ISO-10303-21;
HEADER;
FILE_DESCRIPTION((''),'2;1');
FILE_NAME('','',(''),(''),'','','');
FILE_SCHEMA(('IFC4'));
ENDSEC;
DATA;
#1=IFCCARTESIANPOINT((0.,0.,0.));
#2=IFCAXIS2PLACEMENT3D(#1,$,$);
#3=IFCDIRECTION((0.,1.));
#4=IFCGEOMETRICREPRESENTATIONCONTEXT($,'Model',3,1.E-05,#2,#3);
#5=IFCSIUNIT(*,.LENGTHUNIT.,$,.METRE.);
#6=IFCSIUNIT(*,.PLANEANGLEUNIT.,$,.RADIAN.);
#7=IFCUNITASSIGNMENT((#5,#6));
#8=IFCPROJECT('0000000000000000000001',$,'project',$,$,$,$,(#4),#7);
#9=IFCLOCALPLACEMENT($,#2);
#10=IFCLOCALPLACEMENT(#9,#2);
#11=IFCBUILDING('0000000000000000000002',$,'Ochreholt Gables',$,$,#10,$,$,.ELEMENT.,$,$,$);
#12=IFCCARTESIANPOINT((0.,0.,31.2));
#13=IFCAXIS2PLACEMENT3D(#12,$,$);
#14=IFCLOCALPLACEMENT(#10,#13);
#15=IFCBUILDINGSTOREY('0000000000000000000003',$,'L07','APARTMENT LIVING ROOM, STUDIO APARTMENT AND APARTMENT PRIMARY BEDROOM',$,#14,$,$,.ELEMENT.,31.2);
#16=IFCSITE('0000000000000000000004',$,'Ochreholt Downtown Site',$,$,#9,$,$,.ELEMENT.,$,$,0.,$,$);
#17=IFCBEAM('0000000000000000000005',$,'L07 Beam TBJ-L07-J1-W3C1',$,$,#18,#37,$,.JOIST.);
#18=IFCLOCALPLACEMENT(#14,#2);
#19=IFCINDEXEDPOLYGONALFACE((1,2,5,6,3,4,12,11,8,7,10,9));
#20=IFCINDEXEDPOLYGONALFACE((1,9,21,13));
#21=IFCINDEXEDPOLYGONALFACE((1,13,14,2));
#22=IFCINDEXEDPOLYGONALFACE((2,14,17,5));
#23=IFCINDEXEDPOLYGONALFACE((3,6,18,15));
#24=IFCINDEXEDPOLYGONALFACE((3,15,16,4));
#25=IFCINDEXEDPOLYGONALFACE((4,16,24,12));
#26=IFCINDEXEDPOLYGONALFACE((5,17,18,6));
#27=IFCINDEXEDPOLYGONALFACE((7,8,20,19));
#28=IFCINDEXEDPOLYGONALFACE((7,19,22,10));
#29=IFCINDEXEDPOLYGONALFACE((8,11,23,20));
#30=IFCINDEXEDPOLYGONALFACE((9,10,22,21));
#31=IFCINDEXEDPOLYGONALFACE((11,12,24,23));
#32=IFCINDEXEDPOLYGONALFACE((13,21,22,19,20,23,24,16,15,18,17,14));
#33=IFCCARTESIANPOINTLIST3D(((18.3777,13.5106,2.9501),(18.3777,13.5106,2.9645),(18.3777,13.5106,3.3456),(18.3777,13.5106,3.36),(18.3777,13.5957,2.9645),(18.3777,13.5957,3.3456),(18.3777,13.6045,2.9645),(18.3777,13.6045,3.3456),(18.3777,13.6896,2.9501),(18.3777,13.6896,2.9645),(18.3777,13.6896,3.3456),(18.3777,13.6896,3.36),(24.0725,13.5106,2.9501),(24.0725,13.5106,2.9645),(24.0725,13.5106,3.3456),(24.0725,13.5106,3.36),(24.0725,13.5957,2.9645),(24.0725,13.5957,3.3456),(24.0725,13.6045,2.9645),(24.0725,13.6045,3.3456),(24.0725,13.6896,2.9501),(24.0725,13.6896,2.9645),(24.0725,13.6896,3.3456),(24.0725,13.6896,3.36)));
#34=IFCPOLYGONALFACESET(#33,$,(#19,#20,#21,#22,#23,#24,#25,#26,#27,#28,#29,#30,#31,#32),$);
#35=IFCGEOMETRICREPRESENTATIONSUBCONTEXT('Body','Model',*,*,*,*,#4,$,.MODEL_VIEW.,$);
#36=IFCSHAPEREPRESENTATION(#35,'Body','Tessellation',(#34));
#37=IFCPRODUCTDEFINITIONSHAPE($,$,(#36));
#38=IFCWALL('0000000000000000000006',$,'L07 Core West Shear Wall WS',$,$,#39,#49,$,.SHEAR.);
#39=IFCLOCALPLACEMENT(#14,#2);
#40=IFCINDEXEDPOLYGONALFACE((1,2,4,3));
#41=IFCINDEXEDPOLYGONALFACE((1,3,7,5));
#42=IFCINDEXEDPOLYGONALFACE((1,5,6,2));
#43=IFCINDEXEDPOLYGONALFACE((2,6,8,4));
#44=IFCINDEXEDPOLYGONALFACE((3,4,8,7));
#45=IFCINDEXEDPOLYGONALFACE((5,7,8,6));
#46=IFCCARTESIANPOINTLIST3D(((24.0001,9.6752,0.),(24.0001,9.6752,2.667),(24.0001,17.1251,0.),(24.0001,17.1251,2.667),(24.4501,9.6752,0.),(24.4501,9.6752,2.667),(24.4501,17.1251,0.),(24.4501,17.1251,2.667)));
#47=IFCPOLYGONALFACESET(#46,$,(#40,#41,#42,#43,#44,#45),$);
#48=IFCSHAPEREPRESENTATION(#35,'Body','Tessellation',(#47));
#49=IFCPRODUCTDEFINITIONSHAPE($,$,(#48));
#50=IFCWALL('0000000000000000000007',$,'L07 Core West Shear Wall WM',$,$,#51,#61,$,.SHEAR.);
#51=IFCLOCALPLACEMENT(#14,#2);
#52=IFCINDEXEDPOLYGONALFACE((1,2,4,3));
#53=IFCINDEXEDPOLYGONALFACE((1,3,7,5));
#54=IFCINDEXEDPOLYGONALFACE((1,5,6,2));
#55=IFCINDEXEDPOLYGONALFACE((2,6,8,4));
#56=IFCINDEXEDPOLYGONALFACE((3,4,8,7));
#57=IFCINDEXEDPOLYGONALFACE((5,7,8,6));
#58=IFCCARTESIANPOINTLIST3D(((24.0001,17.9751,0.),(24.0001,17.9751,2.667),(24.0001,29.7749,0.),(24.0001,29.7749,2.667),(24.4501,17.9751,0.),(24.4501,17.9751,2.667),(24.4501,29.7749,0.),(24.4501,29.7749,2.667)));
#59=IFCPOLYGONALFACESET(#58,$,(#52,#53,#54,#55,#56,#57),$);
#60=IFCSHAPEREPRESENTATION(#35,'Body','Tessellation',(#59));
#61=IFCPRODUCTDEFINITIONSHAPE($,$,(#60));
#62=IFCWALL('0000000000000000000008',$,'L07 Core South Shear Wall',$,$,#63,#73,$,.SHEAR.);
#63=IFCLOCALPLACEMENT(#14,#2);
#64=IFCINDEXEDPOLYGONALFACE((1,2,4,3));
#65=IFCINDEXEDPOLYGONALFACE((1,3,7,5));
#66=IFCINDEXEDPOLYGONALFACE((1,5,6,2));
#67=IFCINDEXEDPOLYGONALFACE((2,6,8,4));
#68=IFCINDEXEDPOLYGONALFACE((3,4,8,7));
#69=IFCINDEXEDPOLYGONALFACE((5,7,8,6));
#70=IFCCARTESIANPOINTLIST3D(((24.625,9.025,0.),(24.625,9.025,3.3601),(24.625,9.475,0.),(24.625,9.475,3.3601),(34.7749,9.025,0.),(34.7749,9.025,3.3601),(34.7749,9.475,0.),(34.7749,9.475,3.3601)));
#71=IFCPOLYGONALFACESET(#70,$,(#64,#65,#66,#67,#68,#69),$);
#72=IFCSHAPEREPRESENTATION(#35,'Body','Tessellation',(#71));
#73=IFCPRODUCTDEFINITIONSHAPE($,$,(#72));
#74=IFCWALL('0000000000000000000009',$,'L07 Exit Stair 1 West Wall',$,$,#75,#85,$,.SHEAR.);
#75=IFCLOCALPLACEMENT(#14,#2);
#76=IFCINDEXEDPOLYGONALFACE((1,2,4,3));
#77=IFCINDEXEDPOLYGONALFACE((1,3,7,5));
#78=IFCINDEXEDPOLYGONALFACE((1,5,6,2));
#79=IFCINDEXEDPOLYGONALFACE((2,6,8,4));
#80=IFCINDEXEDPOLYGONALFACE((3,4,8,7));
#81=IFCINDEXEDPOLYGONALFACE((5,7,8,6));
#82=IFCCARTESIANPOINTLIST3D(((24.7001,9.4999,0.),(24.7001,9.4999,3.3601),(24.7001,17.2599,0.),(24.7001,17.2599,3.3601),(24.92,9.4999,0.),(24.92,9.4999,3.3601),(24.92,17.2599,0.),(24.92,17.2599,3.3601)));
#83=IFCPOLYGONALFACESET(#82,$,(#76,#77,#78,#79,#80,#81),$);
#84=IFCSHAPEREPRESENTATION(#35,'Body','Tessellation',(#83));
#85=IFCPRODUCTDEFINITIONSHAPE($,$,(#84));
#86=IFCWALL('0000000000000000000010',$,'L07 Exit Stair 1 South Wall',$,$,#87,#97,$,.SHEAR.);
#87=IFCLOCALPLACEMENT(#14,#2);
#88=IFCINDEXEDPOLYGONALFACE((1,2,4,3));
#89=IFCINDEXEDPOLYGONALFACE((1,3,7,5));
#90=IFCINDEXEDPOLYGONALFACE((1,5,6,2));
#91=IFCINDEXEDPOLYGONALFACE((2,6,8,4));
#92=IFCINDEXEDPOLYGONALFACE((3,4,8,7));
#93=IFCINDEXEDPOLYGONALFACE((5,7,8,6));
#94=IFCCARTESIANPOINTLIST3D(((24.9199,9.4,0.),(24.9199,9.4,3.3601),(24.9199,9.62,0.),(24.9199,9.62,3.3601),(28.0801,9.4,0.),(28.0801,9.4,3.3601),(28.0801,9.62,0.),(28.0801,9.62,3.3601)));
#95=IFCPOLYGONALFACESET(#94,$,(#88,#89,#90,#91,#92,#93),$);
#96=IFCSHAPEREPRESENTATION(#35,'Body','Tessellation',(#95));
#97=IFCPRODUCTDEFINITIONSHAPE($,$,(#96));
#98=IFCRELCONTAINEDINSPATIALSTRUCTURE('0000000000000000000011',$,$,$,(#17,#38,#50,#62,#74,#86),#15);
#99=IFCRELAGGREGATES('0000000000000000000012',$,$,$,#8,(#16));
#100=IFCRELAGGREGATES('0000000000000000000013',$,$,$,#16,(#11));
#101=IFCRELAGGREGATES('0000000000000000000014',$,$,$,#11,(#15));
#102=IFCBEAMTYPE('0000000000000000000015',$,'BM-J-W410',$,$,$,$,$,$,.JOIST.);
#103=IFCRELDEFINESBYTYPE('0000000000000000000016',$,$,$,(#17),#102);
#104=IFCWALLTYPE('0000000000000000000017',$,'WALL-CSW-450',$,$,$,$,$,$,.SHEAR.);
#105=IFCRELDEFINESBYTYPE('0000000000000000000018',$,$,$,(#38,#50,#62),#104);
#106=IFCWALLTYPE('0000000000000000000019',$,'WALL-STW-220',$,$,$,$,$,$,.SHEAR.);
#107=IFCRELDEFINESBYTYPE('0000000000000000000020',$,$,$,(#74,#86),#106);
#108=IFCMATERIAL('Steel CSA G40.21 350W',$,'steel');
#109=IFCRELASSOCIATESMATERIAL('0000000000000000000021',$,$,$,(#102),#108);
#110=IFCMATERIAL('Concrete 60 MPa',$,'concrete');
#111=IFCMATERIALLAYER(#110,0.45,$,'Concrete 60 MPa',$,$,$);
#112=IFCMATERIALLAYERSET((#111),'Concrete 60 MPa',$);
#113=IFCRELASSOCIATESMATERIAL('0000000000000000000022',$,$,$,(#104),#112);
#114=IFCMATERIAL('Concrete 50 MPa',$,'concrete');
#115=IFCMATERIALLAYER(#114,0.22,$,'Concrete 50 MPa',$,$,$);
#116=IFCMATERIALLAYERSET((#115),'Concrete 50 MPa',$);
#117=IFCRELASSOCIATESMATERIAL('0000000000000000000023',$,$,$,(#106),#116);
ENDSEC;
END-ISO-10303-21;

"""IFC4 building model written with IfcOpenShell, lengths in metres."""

from ifc_helpers import new_model, si_unit, direction, frame, frame_2d, origin, origin_2d, place, context, subcontext, project, spatial, rectangle, i_section, extrude, material, layer, layer_set, material_profile, profile_set, type_object, element, save


model = new_model("IFC4")

# Units and contexts
model_context = context("Model", 3, precision=1e-05, world=origin(), true_north=direction((0.0, 1.0)))
body_context = subcontext(model_context, "Body", "Model", "MODEL_VIEW")
ifc_project = project(units=[si_unit("LENGTHUNIT", "METRE"), si_unit("PLANEANGLEUNIT", "RADIAN")], contexts=[model_context])

# Site, building, storey
site_placement = place(None, origin())
site = spatial("IfcSite", under=ifc_project, at=site_placement, Name="Ochreholt Downtown Site", CompositionType="ELEMENT", RefElevation=0.0)
building_placement = place(site_placement, origin())
building = spatial("IfcBuilding", under=site, at=building_placement, Name="Ochreholt Gables", CompositionType="ELEMENT")
storey_placement = place(building_placement, frame((0.0, 0.0, 31.2)))
storey = spatial("IfcBuildingStorey", under=building, at=storey_placement, Name="L07", Description="APARTMENT LIVING ROOM, STUDIO APARTMENT AND APARTMENT PRIMARY BEDROOM", CompositionType="ELEMENT", Elevation=31.2)

# Shared definitions
ifc_material_1 = material(Name="Concrete 60 MPa", Category="concrete")

# Beam
ifc_material_2 = material(Name="Steel CSA G40.21 350W", Category="steel")
ifc_material_profile_1 = material_profile(ifc_material_2, i_section(OverallWidth=0.179, OverallDepth=0.4099, WebThickness=0.0088, FlangeThickness=0.0144, at=origin_2d()), Name="W410X67")
ifc_profile_set_1 = profile_set([ifc_material_profile_1], Name="Steel CSA G40.21 350W")
beam_type_1 = type_object("IfcBeamType", Name="BM-J-W410", PredefinedType="JOIST", material=ifc_profile_set_1)
beam_1_placement = place(storey_placement, frame((18.3777, 13.6001, 3.155), z_axis=(1.0, 0.0, 0.0), x_axis=(0.0, 1.0, 0.0)))
element("IfcBeam", 1, at=beam_1_placement, inside=storey, type_object=beam_type_1, Name="L07 Beam TBJ-L07-J1-W3C1", PredefinedType="JOIST", context=body_context, shape_type="SweptSolid", body=[
    extrude(i_section(OverallWidth=0.179, OverallDepth=0.4099, WebThickness=0.0088, FlangeThickness=0.0144, at=origin_2d()), origin(), (0.0, 0.0, 1.0), 5.6948),
])

# Walls
ifc_layer_1 = layer(ifc_material_1, 0.45, Name="Concrete 60 MPa")
ifc_layer_set_1 = layer_set([ifc_layer_1], Name="Concrete 60 MPa")
wall_type_1 = type_object("IfcWallType", Name="WALL-CSW-450", PredefinedType="SHEAR", material=ifc_layer_set_1)
wall_1_placement = place(storey_placement, frame((24.2251, 9.675, 0.0), z_axis=(0.0, 0.0, 1.0), x_axis=(0.0, 1.0, 0.0)))
element("IfcWall", 2, at=wall_1_placement, inside=storey, type_object=wall_type_1, Name="L07 Core West Shear Wall WS", PredefinedType="SHEAR", context=body_context, shape_type="SweptSolid", body=[
    extrude(rectangle(XDim=7.45, YDim=0.45, at=frame_2d((3.7251, 0.0))), origin(), (0.0, 0.0, 1.0), 2.667),
])
wall_2_placement = place(storey_placement, frame((24.2251, 17.9751, 0.0), z_axis=(0.0, 0.0, 1.0), x_axis=(0.0, 1.0, 0.0)))
element("IfcWall", 3, at=wall_2_placement, inside=storey, type_object=wall_type_1, Name="L07 Core West Shear Wall WM", PredefinedType="SHEAR", context=body_context, shape_type="SweptSolid", body=[
    extrude(rectangle(XDim=11.7998, YDim=0.45, at=frame_2d((5.8999, 0.0))), origin(), (0.0, 0.0, 1.0), 2.667),
])
wall_3_placement = place(storey_placement, frame((24.625, 9.25, 0.0), z_axis=(0.0, 0.0, 1.0), x_axis=(1.0, 0.0, 0.0)))
element("IfcWall", 4, at=wall_3_placement, inside=storey, type_object=wall_type_1, Name="L07 Core South Shear Wall", PredefinedType="SHEAR", context=body_context, shape_type="SweptSolid", body=[
    extrude(rectangle(XDim=10.1499, YDim=0.45, at=frame_2d((5.075, 0.0))), origin(), (0.0, 0.0, 1.0), 3.3601),
])
ifc_material_3 = material(Name="Concrete 50 MPa", Category="concrete")
ifc_layer_2 = layer(ifc_material_3, 0.22, Name="Concrete 50 MPa")
ifc_layer_set_2 = layer_set([ifc_layer_2], Name="Concrete 50 MPa")
wall_type_2 = type_object("IfcWallType", Name="WALL-STW-220", PredefinedType="SHEAR", material=ifc_layer_set_2)
wall_4_placement = place(storey_placement, frame((24.8101, 9.5, 0.0), z_axis=(0.0, 0.0, 1.0), x_axis=(0.0, 1.0, 0.0)))
element("IfcWall", 5, at=wall_4_placement, inside=storey, type_object=wall_type_2, Name="L07 Exit Stair 1 West Wall", PredefinedType="SHEAR", context=body_context, shape_type="SweptSolid", body=[
    extrude(rectangle(XDim=7.76, YDim=0.22, at=frame_2d((3.8799, 0.0))), origin(), (0.0, 0.0, 1.0), 3.3601),
])
wall_5_placement = place(storey_placement, frame((24.9199, 9.51, 0.0), z_axis=(0.0, 0.0, 1.0), x_axis=(1.0, 0.0, 0.0)))
element("IfcWall", 6, at=wall_5_placement, inside=storey, type_object=wall_type_2, Name="L07 Exit Stair 1 South Wall", PredefinedType="SHEAR", context=body_context, shape_type="SweptSolid", body=[
    extrude(rectangle(XDim=3.1602, YDim=0.22, at=frame_2d((1.5801, 0.0))), origin(), (0.0, 0.0, 1.0), 3.3601),
])

save(model, "model.ifc")
